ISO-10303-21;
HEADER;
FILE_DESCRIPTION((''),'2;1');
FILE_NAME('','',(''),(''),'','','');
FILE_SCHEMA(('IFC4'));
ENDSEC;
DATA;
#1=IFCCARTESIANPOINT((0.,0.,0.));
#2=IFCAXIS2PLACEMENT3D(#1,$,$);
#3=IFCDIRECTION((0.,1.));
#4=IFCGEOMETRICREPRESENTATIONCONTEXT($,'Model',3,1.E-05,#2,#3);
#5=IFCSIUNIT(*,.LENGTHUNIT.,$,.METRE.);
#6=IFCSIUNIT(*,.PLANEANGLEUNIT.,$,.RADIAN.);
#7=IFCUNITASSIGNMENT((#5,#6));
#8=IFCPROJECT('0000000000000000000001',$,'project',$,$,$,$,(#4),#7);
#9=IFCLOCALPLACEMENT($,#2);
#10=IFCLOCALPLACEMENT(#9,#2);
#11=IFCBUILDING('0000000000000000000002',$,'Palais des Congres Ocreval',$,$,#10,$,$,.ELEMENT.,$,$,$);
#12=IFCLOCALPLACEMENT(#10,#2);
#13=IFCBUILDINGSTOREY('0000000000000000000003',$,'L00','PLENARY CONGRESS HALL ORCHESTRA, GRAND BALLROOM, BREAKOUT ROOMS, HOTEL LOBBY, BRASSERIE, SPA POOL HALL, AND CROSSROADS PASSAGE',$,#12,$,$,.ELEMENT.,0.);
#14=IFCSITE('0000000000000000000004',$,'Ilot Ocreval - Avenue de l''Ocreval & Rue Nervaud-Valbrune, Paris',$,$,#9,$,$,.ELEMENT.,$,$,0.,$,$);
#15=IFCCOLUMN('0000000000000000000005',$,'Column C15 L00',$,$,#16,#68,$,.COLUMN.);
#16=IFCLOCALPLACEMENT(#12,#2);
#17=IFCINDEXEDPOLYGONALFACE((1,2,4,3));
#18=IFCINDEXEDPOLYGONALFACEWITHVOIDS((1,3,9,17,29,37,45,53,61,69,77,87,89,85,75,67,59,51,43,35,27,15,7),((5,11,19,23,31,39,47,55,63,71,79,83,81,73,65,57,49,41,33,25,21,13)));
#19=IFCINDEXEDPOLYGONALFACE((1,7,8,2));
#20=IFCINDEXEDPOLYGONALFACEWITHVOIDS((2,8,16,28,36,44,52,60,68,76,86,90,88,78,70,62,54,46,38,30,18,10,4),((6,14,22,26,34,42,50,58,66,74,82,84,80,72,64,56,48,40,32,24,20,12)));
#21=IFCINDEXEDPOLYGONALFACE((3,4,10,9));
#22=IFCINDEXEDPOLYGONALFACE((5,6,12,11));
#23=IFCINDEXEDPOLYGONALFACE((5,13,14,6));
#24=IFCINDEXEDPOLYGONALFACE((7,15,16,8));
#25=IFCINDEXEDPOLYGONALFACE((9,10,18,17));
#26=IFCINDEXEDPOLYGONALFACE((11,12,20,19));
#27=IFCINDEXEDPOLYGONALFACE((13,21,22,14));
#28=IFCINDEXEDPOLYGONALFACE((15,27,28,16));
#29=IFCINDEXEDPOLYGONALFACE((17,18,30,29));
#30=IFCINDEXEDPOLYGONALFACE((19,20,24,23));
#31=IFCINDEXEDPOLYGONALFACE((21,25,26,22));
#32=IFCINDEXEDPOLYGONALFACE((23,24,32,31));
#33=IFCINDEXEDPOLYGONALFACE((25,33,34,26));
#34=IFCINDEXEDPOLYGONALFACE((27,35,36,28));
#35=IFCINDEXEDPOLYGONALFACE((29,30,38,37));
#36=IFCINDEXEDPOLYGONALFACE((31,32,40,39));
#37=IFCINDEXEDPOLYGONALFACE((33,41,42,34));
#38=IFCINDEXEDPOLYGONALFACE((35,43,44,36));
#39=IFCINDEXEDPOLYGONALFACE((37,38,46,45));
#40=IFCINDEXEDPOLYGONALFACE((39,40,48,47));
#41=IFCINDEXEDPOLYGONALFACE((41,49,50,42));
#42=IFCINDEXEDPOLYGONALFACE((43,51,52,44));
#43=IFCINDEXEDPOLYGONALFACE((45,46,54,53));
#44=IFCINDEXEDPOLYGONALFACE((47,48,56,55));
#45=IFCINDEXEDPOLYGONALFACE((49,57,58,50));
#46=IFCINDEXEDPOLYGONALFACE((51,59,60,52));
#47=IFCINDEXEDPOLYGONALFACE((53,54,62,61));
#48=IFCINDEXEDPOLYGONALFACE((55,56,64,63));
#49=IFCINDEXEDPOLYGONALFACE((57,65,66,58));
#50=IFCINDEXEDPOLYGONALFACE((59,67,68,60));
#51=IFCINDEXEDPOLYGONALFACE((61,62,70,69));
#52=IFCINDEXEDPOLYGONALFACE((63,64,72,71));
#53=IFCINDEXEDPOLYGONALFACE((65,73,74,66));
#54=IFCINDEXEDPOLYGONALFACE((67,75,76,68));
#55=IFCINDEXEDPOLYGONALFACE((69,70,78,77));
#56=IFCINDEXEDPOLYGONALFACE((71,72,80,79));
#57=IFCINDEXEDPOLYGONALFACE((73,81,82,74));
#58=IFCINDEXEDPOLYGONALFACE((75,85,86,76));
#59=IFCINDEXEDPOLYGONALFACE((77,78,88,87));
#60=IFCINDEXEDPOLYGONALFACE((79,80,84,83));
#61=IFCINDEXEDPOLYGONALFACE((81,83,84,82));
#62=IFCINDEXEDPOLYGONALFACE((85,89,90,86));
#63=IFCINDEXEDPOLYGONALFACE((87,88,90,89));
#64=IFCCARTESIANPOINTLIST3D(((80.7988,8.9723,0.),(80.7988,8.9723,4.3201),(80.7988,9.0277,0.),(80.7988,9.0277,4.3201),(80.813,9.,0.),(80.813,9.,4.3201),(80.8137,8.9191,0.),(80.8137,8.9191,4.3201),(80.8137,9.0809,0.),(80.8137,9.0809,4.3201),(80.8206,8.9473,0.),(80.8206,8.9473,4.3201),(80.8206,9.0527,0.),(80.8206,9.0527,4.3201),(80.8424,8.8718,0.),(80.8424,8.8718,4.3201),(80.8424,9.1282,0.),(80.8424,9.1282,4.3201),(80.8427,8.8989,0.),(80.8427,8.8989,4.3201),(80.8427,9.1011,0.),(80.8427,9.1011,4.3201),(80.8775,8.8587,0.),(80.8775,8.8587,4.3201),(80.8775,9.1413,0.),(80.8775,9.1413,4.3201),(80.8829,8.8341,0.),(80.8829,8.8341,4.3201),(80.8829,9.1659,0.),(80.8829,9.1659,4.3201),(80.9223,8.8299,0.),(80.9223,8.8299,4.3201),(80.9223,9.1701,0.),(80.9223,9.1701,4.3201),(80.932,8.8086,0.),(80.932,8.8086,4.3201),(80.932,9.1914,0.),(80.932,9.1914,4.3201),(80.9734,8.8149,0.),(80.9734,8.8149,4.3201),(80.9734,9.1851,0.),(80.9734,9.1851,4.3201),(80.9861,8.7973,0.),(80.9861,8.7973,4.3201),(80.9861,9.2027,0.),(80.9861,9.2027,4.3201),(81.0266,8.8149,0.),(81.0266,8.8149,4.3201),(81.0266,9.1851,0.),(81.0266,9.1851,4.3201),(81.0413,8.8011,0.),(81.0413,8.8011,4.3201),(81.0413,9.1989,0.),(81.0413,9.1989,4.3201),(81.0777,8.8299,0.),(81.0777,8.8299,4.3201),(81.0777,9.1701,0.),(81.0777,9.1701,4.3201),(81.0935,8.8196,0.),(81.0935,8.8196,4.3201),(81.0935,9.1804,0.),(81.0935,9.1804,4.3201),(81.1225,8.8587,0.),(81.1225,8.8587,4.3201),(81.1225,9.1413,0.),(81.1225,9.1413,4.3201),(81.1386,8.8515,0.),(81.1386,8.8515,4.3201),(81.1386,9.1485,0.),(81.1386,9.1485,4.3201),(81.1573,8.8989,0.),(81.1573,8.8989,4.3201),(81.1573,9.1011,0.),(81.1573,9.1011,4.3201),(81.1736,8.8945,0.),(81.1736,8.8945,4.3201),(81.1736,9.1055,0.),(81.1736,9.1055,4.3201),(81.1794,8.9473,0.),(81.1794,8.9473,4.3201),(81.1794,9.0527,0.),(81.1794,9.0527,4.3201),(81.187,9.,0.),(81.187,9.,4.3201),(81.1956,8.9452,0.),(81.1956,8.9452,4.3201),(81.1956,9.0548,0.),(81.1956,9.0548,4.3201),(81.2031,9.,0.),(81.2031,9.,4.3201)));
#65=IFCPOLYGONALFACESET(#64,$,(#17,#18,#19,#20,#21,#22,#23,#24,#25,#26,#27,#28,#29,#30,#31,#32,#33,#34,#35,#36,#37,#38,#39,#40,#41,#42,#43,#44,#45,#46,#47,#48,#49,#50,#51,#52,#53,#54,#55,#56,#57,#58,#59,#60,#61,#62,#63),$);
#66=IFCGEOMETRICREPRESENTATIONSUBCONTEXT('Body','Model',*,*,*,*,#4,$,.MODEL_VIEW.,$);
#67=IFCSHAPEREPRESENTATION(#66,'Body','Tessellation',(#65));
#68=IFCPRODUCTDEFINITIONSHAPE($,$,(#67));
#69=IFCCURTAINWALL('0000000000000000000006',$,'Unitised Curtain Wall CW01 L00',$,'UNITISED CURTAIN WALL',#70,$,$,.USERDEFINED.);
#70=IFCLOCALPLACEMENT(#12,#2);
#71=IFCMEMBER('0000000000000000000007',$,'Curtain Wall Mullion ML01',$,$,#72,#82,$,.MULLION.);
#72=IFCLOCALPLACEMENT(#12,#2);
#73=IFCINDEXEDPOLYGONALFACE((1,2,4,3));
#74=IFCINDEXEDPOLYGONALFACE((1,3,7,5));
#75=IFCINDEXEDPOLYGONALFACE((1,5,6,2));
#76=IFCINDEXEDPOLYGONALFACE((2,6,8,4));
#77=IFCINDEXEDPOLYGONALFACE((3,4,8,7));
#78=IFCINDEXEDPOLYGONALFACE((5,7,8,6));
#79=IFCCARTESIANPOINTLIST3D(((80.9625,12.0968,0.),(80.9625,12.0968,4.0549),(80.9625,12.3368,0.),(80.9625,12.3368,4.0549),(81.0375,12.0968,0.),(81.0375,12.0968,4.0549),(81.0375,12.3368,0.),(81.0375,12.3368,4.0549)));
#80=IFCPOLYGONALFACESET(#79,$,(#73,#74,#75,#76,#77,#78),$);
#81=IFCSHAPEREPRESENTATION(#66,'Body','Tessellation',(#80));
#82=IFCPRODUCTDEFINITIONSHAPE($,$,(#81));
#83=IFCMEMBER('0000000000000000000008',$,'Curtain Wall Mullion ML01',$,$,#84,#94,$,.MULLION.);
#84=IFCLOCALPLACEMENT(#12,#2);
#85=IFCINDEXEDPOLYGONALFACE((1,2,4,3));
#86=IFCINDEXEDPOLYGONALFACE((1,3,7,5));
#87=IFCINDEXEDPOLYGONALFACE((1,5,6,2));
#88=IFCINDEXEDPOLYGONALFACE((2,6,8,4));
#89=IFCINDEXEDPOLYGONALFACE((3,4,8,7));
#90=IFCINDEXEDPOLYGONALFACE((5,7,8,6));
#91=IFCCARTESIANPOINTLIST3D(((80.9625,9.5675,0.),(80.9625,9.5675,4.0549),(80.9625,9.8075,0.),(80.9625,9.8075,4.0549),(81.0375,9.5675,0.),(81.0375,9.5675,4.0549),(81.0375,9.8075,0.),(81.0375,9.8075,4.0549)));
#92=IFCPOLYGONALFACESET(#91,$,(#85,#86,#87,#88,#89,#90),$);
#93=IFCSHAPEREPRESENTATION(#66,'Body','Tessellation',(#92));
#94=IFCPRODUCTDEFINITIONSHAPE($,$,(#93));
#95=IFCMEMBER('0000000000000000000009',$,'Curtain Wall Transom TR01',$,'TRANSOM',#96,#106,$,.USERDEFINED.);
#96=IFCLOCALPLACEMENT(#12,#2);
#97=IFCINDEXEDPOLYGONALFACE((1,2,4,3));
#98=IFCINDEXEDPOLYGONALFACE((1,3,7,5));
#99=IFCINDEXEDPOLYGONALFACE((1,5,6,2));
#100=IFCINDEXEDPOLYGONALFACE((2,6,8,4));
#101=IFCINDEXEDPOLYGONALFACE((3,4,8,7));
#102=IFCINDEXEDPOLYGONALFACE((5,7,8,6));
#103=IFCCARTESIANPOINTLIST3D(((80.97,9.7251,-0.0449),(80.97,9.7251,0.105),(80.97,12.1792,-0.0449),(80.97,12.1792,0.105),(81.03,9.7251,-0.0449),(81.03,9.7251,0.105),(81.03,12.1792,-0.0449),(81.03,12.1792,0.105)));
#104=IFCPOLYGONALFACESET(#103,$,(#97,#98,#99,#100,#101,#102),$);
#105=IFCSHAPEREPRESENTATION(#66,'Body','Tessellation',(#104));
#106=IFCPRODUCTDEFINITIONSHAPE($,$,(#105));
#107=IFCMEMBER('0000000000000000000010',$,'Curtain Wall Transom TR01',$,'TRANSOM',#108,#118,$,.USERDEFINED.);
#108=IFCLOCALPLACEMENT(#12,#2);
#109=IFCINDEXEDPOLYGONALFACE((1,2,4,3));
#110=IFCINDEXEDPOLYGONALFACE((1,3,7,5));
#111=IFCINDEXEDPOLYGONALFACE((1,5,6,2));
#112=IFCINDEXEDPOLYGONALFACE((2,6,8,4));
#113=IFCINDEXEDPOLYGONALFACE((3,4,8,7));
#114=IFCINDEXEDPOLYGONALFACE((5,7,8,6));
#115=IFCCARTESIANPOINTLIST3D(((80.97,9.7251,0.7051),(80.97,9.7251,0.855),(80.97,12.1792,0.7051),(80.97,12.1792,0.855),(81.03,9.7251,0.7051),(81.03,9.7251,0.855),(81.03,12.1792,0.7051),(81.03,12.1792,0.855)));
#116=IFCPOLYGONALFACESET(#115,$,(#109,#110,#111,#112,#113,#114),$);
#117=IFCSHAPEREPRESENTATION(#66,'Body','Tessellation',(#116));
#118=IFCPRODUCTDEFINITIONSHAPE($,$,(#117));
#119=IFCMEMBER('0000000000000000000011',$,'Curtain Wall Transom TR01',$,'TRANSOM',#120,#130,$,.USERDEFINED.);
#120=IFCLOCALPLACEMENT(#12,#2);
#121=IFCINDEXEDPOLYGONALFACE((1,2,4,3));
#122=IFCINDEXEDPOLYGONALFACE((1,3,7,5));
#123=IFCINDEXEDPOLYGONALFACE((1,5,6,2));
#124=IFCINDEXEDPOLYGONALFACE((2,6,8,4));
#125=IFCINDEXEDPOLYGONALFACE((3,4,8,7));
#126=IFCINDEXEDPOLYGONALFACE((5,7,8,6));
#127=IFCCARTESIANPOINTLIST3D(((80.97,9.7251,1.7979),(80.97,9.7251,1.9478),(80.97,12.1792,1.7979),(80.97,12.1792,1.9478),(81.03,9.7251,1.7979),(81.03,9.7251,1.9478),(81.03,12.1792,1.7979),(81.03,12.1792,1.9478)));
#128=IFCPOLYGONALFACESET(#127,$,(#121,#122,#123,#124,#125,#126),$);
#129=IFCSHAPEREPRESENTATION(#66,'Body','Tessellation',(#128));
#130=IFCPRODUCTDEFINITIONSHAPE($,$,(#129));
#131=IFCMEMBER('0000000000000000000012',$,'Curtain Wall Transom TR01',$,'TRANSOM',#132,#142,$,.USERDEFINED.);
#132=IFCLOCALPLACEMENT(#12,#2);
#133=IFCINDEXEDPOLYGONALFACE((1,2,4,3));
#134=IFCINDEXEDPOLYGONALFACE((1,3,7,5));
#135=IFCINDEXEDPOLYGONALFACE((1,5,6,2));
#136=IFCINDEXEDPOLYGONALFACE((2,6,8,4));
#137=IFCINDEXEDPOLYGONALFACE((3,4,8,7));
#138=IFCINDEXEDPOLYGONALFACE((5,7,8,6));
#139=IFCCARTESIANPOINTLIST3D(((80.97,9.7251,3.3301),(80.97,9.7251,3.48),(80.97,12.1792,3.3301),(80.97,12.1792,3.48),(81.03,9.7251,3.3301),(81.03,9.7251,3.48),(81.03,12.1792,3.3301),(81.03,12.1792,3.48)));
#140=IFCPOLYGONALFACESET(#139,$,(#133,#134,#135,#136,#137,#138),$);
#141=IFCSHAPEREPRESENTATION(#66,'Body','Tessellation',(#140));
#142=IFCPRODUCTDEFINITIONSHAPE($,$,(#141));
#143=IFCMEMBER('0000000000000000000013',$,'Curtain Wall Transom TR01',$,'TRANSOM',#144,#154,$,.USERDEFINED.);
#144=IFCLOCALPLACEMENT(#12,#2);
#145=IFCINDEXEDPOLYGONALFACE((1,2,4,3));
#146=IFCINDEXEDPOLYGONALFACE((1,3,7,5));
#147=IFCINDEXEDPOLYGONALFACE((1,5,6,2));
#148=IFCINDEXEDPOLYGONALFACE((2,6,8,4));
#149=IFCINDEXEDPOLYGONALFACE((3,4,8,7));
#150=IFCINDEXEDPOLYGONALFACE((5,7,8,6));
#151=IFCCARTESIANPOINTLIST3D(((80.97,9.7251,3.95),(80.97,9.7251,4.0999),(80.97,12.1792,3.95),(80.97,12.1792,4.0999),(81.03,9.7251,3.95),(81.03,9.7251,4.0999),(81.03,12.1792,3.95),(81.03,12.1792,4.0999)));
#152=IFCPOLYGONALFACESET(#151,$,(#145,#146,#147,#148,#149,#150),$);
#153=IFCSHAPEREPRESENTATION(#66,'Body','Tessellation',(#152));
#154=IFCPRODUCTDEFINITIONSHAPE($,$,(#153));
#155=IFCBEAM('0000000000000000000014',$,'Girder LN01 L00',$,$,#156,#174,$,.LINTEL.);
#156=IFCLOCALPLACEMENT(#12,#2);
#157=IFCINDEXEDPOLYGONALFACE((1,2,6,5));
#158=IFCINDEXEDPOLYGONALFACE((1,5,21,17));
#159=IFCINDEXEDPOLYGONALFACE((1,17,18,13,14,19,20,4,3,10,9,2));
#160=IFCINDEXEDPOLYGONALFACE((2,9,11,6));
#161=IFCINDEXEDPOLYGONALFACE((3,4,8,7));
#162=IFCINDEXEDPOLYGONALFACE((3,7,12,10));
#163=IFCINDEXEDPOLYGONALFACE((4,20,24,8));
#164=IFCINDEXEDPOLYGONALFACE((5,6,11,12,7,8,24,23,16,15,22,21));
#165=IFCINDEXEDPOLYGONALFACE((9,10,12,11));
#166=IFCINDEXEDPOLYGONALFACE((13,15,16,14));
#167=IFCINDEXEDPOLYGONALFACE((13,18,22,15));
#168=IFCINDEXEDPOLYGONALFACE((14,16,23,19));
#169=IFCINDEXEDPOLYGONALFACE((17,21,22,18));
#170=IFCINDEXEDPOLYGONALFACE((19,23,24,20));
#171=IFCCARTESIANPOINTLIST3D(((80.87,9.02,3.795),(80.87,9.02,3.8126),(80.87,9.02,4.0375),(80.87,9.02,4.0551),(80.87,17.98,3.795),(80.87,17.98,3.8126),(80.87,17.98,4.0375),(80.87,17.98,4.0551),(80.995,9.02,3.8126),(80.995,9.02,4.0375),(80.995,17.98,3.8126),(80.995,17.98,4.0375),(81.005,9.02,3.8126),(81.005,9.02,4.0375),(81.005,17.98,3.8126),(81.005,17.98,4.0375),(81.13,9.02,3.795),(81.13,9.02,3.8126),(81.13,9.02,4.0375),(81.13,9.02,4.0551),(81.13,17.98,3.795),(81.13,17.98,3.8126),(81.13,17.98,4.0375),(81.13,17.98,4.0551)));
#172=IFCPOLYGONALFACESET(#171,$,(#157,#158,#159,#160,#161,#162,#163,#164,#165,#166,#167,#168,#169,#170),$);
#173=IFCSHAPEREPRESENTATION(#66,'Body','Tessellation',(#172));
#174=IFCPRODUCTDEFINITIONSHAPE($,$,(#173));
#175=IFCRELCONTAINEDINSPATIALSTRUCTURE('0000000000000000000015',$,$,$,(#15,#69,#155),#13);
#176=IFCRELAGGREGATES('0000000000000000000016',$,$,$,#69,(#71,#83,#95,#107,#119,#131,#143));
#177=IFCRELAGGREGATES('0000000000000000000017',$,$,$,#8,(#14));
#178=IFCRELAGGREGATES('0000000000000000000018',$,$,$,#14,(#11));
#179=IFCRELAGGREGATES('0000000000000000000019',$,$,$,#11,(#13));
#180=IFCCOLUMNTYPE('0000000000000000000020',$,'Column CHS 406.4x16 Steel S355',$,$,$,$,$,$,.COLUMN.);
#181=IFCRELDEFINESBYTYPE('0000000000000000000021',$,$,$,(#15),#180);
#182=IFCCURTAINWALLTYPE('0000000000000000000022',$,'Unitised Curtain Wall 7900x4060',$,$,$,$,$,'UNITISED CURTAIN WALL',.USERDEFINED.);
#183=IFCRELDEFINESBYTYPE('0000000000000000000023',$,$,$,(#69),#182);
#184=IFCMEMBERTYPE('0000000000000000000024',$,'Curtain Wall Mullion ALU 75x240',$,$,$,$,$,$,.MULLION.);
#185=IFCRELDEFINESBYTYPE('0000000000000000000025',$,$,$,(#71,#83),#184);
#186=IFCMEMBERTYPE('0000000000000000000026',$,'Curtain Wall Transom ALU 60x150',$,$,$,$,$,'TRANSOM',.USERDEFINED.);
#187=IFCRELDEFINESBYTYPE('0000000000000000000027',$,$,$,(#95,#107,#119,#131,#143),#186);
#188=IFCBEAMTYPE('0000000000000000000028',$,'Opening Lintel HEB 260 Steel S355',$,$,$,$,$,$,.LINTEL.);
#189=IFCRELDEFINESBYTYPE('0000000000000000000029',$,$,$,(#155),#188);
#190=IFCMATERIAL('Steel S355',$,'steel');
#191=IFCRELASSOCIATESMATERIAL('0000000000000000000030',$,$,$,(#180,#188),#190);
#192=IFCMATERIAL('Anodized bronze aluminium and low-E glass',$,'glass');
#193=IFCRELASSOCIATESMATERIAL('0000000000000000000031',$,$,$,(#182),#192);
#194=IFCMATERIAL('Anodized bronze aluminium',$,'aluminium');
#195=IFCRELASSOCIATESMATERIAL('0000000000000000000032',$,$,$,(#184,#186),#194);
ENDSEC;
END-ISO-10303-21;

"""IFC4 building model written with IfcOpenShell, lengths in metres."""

from ifc_helpers import new_model, si_unit, direction, frame, origin, origin_2d, place, context, subcontext, project, spatial, rectangle, hollow_circle, i_section, extrude, material, material_profile, profile_set, type_object, element, aggregate, save


model = new_model("IFC4")

# Units and contexts
model_context = context("Model", 3, precision=1e-05, world=origin(), true_north=direction((0.0, 1.0)))
body_context = subcontext(model_context, "Body", "Model", "MODEL_VIEW")
ifc_project = project(units=[si_unit("LENGTHUNIT", "METRE"), si_unit("PLANEANGLEUNIT", "RADIAN")], contexts=[model_context])

# Site, building, storey
site_placement = place(None, origin())
site = spatial("IfcSite", under=ifc_project, at=site_placement, Name="Ilot Ocreval - Avenue de l'Ocreval & Rue Nervaud-Valbrune, Paris", CompositionType="ELEMENT", RefElevation=0.0)
building_placement = place(site_placement, origin())
building = spatial("IfcBuilding", under=site, at=building_placement, Name="Palais des Congres Ocreval", CompositionType="ELEMENT")
storey_placement = place(building_placement, origin())
storey = spatial("IfcBuildingStorey", under=building, at=storey_placement, Name="L00", Description="PLENARY CONGRESS HALL ORCHESTRA, GRAND BALLROOM, BREAKOUT ROOMS, HOTEL LOBBY, BRASSERIE, SPA POOL HALL, AND CROSSROADS PASSAGE", CompositionType="ELEMENT", Elevation=0.0)

# Column
ifc_material_1 = material(Name="Steel S355", Category="steel")
ifc_material_profile_1 = material_profile(ifc_material_1, hollow_circle(Radius=0.2031, WallThickness=0.0161, at=origin_2d()), Name="CHS 406.4x16")
ifc_profile_set_1 = profile_set([ifc_material_profile_1], Name="Steel S355")
column_type = type_object("IfcColumnType", Name="Column CHS 406.4x16 Steel S355", PredefinedType="COLUMN", material=ifc_profile_set_1)
column_placement = place(storey_placement, frame((81.0, 9.0, 0.0), z_axis=(0.0, 0.0, 1.0), x_axis=(1.0, 0.0, 0.0)))
element("IfcColumn", 1, at=column_placement, inside=storey, type_object=column_type, Name="Column C15 L00", PredefinedType="COLUMN", context=body_context, shape_type="SweptSolid", body=[
    extrude(hollow_circle(Radius=0.2031, WallThickness=0.0161, at=origin_2d()), origin(), (0.0, 0.0, 1.0), 4.3201),
])

# Curtain wall, members
ifc_material_2 = material(Name="Anodized bronze aluminium and low-E glass", Category="glass")
curtain_wall_type = type_object("IfcCurtainWallType", Name="Unitised Curtain Wall 7900x4060", ElementType="UNITISED CURTAIN WALL", PredefinedType="USERDEFINED", material=ifc_material_2)
curtain_wall_placement = place(storey_placement, origin())
curtain_wall = element("IfcCurtainWall", 2, at=curtain_wall_placement, inside=storey, type_object=curtain_wall_type, Name="Unitised Curtain Wall CW01 L00", ObjectType="UNITISED CURTAIN WALL", PredefinedType="USERDEFINED")
ifc_material_3 = material(Name="Anodized bronze aluminium", Category="aluminium")
ifc_material_profile_2 = material_profile(ifc_material_3, rectangle(XDim=0.075, YDim=0.24, at=origin_2d()), Name="ALU 75x240")
ifc_profile_set_2 = profile_set([ifc_material_profile_2], Name="Anodized bronze aluminium")
member_type_1 = type_object("IfcMemberType", Name="Curtain Wall Mullion ALU 75x240", PredefinedType="MULLION", material=ifc_profile_set_2)
member_1_placement = place(storey_placement, frame((81.0, 12.2168, 0.0), z_axis=(0.0, 0.0, 1.0), x_axis=(1.0, 0.0, 0.0)))
member_1 = element("IfcMember", 3, at=member_1_placement, type_object=member_type_1, Name="Curtain Wall Mullion ML01", PredefinedType="MULLION", context=body_context, shape_type="SweptSolid", body=[
    extrude(rectangle(XDim=0.075, YDim=0.24, at=origin_2d()), origin(), (0.0, 0.0, 1.0), 4.0549),
])
member_2_placement = place(storey_placement, frame((81.0, 9.6875, 0.0), z_axis=(0.0, 0.0, 1.0), x_axis=(1.0, 0.0, 0.0)))
member_2 = element("IfcMember", 4, at=member_2_placement, type_object=member_type_1, Name="Curtain Wall Mullion ML01", PredefinedType="MULLION", context=body_context, shape_type="SweptSolid", body=[
    extrude(rectangle(XDim=0.075, YDim=0.24, at=origin_2d()), origin(), (0.0, 0.0, 1.0), 4.0549),
])
ifc_material_profile_3 = material_profile(ifc_material_3, rectangle(XDim=0.0601, YDim=0.1499, at=origin_2d()), Name="ALU 60x150")
ifc_profile_set_3 = profile_set([ifc_material_profile_3], Name="Anodized bronze aluminium")
member_type_2 = type_object("IfcMemberType", Name="Curtain Wall Transom ALU 60x150", ElementType="TRANSOM", PredefinedType="USERDEFINED", material=ifc_profile_set_3)
member_3_placement = place(storey_placement, frame((81.0, 12.1792, 0.03), z_axis=(0.0, -1.0, 0.0), x_axis=(1.0, 0.0, 0.0)))
member_3 = element("IfcMember", 5, at=member_3_placement, type_object=member_type_2, Name="Curtain Wall Transom TR01", ObjectType="TRANSOM", PredefinedType="USERDEFINED", context=body_context, shape_type="SweptSolid", body=[
    extrude(rectangle(XDim=0.0601, YDim=0.1499, at=origin_2d()), origin(), (0.0, 0.0, 1.0), 2.4541),
])
member_4_placement = place(storey_placement, frame((81.0, 12.1792, 0.78), z_axis=(0.0, -1.0, 0.0), x_axis=(1.0, 0.0, 0.0)))
member_4 = element("IfcMember", 6, at=member_4_placement, type_object=member_type_2, Name="Curtain Wall Transom TR01", ObjectType="TRANSOM", PredefinedType="USERDEFINED", context=body_context, shape_type="SweptSolid", body=[
    extrude(rectangle(XDim=0.0601, YDim=0.1499, at=origin_2d()), origin(), (0.0, 0.0, 1.0), 2.4541),
])
member_5_placement = place(storey_placement, frame((81.0, 12.1792, 1.8728), z_axis=(0.0, -1.0, 0.0), x_axis=(1.0, 0.0, 0.0)))
member_5 = element("IfcMember", 7, at=member_5_placement, type_object=member_type_2, Name="Curtain Wall Transom TR01", ObjectType="TRANSOM", PredefinedType="USERDEFINED", context=body_context, shape_type="SweptSolid", body=[
    extrude(rectangle(XDim=0.0601, YDim=0.1499, at=origin_2d()), origin(), (0.0, 0.0, 1.0), 2.4541),
])
member_6_placement = place(storey_placement, frame((81.0, 12.1792, 3.405), z_axis=(0.0, -1.0, 0.0), x_axis=(1.0, 0.0, 0.0)))
member_6 = element("IfcMember", 8, at=member_6_placement, type_object=member_type_2, Name="Curtain Wall Transom TR01", ObjectType="TRANSOM", PredefinedType="USERDEFINED", context=body_context, shape_type="SweptSolid", body=[
    extrude(rectangle(XDim=0.0601, YDim=0.1499, at=origin_2d()), origin(), (0.0, 0.0, 1.0), 2.4541),
])
member_7_placement = place(storey_placement, frame((81.0, 12.1792, 4.0249), z_axis=(0.0, -1.0, 0.0), x_axis=(1.0, 0.0, 0.0)))
member_7 = element("IfcMember", 9, at=member_7_placement, type_object=member_type_2, Name="Curtain Wall Transom TR01", ObjectType="TRANSOM", PredefinedType="USERDEFINED", context=body_context, shape_type="SweptSolid", body=[
    extrude(rectangle(XDim=0.0601, YDim=0.1499, at=origin_2d()), origin(), (0.0, 0.0, 1.0), 2.4541),
])

# Beam
ifc_material_profile_4 = material_profile(ifc_material_1, i_section(OverallWidth=0.26, OverallDepth=0.26, WebThickness=0.01, FlangeThickness=0.0176, at=origin_2d()), Name="HEB 260")
ifc_profile_set_4 = profile_set([ifc_material_profile_4], Name="Steel S355")
beam_type_1 = type_object("IfcBeamType", Name="Opening Lintel HEB 260 Steel S355", PredefinedType="LINTEL", material=ifc_profile_set_4)
beam_1_placement = place(storey_placement, frame((81.0, 9.02, 3.925), z_axis=(0.0, 1.0, 0.0), x_axis=(-1.0, 0.0, 0.0)))
element("IfcBeam", 10, at=beam_1_placement, inside=storey, type_object=beam_type_1, Name="Girder LN01 L00", PredefinedType="LINTEL", context=body_context, shape_type="SweptSolid", body=[
    extrude(i_section(OverallWidth=0.26, OverallDepth=0.26, WebThickness=0.01, FlangeThickness=0.0176, at=origin_2d()), origin(), (0.0, 0.0, 1.0), 8.96),
])

aggregate(curtain_wall, [member_1, member_2, member_3, member_4, member_5, member_6, member_7])

save(model, "model.ifc")
